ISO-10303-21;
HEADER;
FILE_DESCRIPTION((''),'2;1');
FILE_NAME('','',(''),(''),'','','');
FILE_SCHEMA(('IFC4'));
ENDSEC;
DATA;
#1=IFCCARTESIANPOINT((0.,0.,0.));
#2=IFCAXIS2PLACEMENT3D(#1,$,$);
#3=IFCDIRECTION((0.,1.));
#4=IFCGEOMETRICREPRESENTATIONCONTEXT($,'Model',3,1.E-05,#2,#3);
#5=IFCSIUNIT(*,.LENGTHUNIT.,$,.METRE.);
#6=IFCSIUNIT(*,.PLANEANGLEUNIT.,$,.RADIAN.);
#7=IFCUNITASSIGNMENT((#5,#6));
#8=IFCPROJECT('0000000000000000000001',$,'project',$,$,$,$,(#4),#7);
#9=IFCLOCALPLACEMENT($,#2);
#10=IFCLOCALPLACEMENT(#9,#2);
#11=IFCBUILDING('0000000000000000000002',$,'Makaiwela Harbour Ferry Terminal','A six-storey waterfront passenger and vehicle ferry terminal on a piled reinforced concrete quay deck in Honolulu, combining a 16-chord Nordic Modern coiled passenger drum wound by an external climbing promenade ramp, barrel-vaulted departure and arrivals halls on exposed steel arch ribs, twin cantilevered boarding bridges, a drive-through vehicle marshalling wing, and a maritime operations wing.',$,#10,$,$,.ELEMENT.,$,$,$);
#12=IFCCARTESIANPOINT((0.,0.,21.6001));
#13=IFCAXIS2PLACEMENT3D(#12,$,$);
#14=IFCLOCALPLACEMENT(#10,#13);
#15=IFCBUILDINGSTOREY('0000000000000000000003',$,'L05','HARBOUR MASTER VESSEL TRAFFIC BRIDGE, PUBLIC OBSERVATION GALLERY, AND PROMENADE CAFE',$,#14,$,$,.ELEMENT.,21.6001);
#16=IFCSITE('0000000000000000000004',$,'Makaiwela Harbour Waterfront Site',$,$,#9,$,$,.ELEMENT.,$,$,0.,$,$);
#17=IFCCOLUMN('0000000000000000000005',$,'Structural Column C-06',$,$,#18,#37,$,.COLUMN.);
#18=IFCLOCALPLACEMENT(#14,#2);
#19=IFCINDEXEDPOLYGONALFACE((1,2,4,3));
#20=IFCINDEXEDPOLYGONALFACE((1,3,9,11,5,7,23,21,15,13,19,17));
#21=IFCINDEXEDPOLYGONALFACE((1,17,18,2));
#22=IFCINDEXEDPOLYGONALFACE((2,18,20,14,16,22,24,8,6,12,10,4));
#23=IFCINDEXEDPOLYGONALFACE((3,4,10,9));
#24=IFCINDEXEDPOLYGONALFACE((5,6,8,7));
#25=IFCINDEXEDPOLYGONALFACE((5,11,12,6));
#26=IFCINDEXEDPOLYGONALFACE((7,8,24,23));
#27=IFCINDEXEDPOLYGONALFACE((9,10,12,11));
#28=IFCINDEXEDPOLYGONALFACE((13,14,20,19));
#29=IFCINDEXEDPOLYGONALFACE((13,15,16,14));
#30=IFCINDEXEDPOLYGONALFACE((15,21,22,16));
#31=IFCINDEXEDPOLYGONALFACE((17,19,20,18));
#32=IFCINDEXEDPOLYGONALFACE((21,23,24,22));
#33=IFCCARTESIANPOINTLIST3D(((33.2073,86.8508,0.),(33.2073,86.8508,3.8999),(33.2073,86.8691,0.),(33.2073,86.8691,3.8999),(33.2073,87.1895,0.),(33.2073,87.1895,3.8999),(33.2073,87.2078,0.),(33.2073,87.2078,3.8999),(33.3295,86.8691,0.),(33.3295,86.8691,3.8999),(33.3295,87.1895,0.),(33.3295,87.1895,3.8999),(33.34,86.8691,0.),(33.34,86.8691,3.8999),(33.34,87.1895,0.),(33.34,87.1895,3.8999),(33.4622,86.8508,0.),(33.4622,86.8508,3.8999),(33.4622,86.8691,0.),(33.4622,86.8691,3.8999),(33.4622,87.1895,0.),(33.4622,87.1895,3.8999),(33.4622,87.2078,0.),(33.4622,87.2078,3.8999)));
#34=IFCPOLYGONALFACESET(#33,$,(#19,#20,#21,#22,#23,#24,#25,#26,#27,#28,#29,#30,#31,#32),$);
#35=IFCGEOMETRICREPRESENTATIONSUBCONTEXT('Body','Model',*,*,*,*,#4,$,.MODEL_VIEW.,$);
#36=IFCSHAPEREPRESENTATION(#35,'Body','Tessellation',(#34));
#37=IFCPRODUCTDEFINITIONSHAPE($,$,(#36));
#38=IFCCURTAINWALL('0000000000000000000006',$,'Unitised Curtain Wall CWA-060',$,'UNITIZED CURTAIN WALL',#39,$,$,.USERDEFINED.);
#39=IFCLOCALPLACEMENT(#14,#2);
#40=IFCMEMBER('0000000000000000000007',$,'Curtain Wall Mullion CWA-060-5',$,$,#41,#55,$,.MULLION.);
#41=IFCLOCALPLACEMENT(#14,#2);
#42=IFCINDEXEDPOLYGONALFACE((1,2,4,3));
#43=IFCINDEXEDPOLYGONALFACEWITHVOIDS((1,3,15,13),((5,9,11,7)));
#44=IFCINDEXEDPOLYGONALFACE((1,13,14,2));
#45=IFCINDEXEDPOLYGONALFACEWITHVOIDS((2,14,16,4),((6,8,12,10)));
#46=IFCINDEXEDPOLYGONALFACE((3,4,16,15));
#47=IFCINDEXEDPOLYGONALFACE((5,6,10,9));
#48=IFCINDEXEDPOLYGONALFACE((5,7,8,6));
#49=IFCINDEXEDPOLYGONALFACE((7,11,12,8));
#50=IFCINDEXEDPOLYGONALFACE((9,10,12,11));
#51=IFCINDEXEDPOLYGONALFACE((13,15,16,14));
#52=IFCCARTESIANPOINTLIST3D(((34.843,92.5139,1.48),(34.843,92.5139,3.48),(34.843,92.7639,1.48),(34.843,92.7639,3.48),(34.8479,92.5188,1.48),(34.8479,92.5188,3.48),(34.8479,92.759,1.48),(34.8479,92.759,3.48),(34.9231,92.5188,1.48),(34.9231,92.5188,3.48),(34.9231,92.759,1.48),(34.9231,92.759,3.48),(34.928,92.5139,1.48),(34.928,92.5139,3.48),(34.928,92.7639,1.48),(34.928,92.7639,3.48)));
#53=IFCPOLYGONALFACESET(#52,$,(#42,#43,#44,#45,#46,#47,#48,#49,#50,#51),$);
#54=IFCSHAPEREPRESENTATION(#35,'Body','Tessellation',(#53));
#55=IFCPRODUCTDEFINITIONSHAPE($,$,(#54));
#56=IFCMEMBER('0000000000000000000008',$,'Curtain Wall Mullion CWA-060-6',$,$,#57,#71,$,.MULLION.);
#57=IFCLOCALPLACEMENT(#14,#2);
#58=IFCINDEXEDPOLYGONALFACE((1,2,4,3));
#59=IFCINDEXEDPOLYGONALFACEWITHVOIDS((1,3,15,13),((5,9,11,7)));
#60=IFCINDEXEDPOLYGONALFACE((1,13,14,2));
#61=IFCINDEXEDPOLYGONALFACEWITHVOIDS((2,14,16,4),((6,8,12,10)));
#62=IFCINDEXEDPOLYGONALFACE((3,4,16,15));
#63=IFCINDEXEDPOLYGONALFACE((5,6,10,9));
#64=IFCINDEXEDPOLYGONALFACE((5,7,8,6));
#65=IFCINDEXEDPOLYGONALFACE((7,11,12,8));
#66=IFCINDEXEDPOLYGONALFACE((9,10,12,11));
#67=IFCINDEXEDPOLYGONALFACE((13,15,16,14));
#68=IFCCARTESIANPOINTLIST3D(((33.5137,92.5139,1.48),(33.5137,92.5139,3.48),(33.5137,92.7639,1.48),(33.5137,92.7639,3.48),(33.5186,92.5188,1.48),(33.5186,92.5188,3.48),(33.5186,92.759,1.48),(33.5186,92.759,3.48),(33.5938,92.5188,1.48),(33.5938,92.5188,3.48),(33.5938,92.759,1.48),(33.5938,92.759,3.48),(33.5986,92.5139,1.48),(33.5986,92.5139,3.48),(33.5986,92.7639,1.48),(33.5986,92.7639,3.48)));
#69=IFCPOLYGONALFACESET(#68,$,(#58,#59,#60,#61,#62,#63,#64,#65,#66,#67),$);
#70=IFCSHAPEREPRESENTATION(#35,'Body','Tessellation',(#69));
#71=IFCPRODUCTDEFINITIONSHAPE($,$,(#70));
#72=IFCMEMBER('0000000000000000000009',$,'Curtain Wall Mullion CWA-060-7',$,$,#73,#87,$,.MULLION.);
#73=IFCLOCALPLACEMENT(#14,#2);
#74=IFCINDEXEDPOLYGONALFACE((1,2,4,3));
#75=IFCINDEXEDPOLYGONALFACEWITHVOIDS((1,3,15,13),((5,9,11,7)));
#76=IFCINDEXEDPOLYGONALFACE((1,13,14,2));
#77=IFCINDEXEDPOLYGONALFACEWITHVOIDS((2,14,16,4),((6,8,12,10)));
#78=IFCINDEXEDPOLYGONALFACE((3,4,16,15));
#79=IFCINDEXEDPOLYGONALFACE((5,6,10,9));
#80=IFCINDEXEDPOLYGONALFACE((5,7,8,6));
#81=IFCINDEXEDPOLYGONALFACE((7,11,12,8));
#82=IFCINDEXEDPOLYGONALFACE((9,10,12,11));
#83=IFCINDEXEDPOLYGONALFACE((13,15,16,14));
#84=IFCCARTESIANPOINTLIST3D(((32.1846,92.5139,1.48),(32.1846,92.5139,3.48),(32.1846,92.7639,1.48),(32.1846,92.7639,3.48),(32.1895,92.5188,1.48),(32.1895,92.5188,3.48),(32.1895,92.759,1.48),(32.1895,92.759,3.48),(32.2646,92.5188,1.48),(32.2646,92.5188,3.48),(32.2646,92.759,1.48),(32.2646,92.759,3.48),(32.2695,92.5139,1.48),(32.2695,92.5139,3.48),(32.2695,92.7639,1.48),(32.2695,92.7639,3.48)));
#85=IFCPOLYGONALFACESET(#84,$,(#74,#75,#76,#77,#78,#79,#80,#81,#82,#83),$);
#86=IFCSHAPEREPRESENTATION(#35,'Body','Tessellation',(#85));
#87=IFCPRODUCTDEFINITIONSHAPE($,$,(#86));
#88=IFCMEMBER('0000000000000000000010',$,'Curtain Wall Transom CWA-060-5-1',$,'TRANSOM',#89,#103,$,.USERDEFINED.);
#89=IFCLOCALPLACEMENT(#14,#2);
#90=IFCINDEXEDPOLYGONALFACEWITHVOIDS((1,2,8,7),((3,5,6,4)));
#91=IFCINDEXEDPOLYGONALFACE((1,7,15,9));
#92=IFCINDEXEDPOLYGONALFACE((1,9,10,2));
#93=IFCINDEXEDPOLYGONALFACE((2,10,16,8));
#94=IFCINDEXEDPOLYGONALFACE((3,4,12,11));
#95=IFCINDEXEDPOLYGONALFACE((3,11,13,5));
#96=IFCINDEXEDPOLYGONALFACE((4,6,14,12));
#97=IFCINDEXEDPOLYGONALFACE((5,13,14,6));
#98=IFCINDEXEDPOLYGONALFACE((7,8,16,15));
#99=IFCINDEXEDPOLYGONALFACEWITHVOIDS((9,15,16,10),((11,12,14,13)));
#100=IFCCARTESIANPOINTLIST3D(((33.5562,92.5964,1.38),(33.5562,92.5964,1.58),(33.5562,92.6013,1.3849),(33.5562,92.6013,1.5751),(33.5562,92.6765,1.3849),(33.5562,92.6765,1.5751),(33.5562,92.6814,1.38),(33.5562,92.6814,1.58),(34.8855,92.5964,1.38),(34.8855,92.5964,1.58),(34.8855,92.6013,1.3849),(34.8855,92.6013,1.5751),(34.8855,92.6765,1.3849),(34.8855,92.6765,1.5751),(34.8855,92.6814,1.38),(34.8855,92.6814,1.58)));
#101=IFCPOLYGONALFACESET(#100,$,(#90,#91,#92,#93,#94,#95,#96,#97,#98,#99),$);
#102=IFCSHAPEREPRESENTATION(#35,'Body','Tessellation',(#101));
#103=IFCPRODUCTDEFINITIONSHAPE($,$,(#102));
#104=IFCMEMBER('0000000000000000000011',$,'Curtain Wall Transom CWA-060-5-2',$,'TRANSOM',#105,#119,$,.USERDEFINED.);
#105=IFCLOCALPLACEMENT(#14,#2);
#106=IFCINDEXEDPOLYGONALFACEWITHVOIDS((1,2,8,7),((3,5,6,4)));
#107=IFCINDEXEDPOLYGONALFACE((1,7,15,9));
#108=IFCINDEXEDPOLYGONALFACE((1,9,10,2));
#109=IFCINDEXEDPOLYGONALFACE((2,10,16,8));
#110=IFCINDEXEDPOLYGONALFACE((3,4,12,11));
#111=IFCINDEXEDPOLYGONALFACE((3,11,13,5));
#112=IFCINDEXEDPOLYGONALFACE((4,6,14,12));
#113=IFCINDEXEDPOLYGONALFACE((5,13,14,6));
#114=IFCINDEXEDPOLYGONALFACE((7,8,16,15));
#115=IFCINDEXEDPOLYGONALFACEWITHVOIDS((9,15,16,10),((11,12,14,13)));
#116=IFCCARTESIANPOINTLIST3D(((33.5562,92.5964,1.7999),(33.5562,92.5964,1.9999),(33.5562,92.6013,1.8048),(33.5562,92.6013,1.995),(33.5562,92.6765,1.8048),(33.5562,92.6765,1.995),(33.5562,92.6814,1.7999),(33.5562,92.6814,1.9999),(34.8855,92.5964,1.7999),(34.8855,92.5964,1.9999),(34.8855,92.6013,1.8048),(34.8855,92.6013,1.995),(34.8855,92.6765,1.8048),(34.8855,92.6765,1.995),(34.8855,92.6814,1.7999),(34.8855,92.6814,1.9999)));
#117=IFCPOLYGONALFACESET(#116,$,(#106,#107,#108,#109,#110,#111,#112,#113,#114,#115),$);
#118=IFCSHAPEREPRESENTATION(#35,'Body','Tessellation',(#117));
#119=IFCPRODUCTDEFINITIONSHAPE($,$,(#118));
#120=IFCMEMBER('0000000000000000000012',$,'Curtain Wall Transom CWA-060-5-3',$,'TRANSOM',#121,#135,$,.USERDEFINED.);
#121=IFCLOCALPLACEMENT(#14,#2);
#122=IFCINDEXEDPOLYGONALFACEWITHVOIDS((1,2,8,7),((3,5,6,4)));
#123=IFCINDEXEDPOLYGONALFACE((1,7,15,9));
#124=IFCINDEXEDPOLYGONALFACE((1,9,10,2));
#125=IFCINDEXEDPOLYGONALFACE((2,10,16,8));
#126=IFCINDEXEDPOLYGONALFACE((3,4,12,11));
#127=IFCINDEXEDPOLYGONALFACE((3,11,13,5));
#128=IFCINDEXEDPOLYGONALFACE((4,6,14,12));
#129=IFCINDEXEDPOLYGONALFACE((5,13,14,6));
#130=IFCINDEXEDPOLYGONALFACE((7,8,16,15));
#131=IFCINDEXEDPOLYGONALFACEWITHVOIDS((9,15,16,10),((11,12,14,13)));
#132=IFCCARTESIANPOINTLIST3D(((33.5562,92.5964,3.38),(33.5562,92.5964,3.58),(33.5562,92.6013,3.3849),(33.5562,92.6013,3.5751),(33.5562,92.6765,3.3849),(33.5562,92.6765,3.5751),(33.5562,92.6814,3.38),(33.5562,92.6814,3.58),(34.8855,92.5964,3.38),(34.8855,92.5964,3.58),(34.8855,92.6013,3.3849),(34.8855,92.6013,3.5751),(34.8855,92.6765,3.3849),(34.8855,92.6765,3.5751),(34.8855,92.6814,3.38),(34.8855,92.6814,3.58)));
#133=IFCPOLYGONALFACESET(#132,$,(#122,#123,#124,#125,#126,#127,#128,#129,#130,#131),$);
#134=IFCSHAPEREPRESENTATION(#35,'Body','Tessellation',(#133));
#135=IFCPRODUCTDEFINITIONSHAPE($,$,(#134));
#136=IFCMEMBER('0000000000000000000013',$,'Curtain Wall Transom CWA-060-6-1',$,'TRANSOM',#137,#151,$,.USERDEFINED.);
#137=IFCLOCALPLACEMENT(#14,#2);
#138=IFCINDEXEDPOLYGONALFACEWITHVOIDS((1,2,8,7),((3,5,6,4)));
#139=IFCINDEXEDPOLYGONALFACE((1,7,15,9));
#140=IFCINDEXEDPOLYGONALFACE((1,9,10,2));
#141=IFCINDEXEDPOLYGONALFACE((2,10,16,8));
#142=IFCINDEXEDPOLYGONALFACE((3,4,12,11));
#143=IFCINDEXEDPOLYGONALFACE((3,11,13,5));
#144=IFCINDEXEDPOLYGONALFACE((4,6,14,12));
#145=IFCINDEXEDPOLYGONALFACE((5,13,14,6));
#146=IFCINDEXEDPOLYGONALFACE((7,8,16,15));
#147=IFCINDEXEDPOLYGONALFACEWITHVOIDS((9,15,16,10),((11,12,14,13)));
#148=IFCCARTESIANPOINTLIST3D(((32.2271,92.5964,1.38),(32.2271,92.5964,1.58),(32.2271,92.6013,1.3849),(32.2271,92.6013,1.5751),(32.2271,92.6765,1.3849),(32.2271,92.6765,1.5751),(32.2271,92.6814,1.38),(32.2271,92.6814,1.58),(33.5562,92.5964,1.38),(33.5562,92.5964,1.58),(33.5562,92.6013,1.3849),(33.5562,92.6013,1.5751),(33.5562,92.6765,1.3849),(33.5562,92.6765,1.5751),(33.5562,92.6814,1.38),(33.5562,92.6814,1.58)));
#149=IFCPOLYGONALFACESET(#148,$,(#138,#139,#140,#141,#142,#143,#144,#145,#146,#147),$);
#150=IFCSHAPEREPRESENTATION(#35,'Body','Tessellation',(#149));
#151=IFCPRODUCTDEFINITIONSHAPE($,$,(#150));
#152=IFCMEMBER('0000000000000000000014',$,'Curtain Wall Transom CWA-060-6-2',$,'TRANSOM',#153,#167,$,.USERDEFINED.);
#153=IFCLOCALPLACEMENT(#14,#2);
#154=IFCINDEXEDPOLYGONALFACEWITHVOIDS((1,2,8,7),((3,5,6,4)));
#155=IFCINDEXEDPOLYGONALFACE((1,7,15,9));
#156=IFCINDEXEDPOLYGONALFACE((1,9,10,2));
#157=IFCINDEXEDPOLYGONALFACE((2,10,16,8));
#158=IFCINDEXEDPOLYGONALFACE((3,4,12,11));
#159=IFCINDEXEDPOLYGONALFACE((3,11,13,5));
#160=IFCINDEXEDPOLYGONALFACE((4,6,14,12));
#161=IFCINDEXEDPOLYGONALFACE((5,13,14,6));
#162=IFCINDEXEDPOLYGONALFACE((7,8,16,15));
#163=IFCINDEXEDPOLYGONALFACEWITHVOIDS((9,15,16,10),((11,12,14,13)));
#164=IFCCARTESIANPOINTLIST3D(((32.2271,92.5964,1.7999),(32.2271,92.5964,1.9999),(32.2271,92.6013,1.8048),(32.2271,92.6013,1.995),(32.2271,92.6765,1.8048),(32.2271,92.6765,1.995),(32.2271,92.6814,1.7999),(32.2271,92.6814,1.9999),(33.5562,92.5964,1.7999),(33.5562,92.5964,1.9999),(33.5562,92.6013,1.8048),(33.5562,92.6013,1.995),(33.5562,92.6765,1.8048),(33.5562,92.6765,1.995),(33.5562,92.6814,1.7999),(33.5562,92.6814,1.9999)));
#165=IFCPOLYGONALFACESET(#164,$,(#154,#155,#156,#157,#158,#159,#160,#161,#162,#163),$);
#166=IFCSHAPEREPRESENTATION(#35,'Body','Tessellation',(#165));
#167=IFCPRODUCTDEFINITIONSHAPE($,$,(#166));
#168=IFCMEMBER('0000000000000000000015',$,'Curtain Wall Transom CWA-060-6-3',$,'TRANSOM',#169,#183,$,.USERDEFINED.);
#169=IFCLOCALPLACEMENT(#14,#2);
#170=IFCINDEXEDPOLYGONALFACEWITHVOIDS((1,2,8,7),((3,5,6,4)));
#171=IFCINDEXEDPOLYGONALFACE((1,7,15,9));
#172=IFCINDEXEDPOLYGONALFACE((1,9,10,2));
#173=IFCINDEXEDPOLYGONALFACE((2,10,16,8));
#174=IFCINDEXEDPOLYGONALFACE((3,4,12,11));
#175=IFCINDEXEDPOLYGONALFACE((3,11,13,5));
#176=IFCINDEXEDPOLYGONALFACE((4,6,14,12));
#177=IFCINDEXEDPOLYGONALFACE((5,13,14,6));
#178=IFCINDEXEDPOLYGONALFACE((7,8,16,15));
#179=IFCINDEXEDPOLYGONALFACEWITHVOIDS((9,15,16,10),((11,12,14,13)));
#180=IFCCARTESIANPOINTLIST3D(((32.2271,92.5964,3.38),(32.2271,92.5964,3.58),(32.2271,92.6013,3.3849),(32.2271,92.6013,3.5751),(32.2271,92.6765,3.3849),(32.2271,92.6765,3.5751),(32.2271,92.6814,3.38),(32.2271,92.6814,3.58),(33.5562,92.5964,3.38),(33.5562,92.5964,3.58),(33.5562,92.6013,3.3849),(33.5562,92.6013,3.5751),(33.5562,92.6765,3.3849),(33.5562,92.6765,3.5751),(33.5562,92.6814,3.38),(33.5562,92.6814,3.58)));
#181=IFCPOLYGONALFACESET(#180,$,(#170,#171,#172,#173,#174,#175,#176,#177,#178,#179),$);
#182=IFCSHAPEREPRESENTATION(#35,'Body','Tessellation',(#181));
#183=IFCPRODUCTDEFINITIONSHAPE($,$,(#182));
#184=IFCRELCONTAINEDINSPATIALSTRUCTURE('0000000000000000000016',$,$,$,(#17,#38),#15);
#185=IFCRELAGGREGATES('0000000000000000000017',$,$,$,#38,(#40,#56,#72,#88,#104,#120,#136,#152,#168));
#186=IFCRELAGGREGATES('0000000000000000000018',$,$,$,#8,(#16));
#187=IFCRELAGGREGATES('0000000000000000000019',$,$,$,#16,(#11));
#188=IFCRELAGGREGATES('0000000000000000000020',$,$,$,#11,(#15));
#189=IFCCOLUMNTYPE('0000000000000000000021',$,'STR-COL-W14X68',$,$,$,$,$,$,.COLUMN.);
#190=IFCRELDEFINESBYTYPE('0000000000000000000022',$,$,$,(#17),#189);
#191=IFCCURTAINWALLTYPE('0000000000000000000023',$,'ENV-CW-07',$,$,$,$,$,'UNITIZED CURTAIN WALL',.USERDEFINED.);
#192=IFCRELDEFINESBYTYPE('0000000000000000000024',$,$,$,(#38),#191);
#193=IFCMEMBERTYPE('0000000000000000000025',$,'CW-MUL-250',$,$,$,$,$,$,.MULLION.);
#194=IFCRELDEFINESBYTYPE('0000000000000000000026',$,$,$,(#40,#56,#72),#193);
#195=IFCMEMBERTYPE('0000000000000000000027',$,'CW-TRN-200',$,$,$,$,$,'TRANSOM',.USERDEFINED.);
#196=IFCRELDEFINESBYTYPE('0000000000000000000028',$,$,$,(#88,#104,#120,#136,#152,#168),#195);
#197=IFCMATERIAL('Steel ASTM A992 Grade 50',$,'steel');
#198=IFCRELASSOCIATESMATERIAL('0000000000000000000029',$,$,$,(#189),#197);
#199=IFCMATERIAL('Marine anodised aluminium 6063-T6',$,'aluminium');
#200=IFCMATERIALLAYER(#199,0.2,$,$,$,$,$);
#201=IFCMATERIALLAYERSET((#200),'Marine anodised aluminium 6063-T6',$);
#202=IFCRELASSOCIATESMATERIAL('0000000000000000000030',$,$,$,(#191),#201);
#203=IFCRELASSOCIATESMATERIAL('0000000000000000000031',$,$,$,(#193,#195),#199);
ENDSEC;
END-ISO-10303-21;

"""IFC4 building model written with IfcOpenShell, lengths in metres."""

from ifc_helpers import new_model, si_unit, direction, frame, origin, origin_2d, place, context, subcontext, project, spatial, hollow_rectangle, i_section, extrude, material, layer, layer_set, material_profile, profile_set, type_object, element, aggregate, save


model = new_model("IFC4")

# Units and contexts
model_context = context("Model", 3, precision=1e-05, world=origin(), true_north=direction((0.0, 1.0)))
body_context = subcontext(model_context, "Body", "Model", "MODEL_VIEW")
ifc_project = project(units=[si_unit("LENGTHUNIT", "METRE"), si_unit("PLANEANGLEUNIT", "RADIAN")], contexts=[model_context])

# Site, building, storey
site_placement = place(None, origin())
site = spatial("IfcSite", under=ifc_project, at=site_placement, Name="Makaiwela Harbour Waterfront Site", CompositionType="ELEMENT", RefElevation=0.0)
building_placement = place(site_placement, origin())
building = spatial("IfcBuilding", under=site, at=building_placement, Name="Makaiwela Harbour Ferry Terminal", Description="A six-storey waterfront passenger and vehicle ferry terminal on a piled reinforced concrete quay deck in Honolulu, combining a 16-chord Nordic Modern coiled passenger drum wound by an external climbing promenade ramp, barrel-vaulted departure and arrivals halls on exposed steel arch ribs, twin cantilevered boarding bridges, a drive-through vehicle marshalling wing, and a maritime operations wing.", CompositionType="ELEMENT")
storey_placement = place(building_placement, frame((0.0, 0.0, 21.6001)))
storey = spatial("IfcBuildingStorey", under=building, at=storey_placement, Name="L05", Description="HARBOUR MASTER VESSEL TRAFFIC BRIDGE, PUBLIC OBSERVATION GALLERY, AND PROMENADE CAFE", CompositionType="ELEMENT", Elevation=21.6001)

# Column
ifc_material_1 = material(Name="Steel ASTM A992 Grade 50", Category="steel")
ifc_material_profile_1 = material_profile(ifc_material_1, i_section(OverallWidth=0.2549, OverallDepth=0.3569, WebThickness=0.0105, FlangeThickness=0.0183, at=origin_2d()), Name="W14X68")
ifc_profile_set_1 = profile_set([ifc_material_profile_1], Name="Steel ASTM A992 Grade 50")
column_type = type_object("IfcColumnType", Name="STR-COL-W14X68", PredefinedType="COLUMN", material=ifc_profile_set_1)
column_placement = place(storey_placement, frame((33.3347, 87.0293, 0.0), z_axis=(0.0, 0.0, 1.0), x_axis=(1.0, 0.0, 0.0)))
element("IfcColumn", 1, at=column_placement, inside=storey, type_object=column_type, Name="Structural Column C-06", PredefinedType="COLUMN", context=body_context, shape_type="SweptSolid", body=[
    extrude(i_section(OverallWidth=0.2549, OverallDepth=0.3569, WebThickness=0.0105, FlangeThickness=0.0183, at=origin_2d()), origin(), (0.0, 0.0, 1.0), 3.8999),
])

# Curtain wall, members
ifc_material_2 = material(Name="Marine anodised aluminium 6063-T6", Category="aluminium")
ifc_layer_1 = layer(ifc_material_2, 0.2)
ifc_layer_set_1 = layer_set([ifc_layer_1], Name="Marine anodised aluminium 6063-T6")
curtain_wall_type = type_object("IfcCurtainWallType", Name="ENV-CW-07", ElementType="UNITIZED CURTAIN WALL", PredefinedType="USERDEFINED", material=ifc_layer_set_1)
curtain_wall_placement = place(storey_placement, origin())
curtain_wall = element("IfcCurtainWall", 2, at=curtain_wall_placement, inside=storey, type_object=curtain_wall_type, Name="Unitised Curtain Wall CWA-060", ObjectType="UNITIZED CURTAIN WALL", PredefinedType="USERDEFINED")
ifc_material_profile_2 = material_profile(ifc_material_2, hollow_rectangle(XDim=0.085, YDim=0.25, WallThickness=0.0049, at=origin_2d()), Name="CWM-250X85")
ifc_profile_set_2 = profile_set([ifc_material_profile_2], Name="Marine anodised aluminium 6063-T6")
member_type_1 = type_object("IfcMemberType", Name="CW-MUL-250", PredefinedType="MULLION", material=ifc_profile_set_2)
member_1_placement = place(storey_placement, frame((34.8855, 92.6389, 1.48), z_axis=(0.0, 0.0, 1.0), x_axis=(1.0, 0.0, 0.0)))
member_1 = element("IfcMember", 3, at=member_1_placement, type_object=member_type_1, Name="Curtain Wall Mullion CWA-060-5", PredefinedType="MULLION", context=body_context, shape_type="SweptSolid", body=[
    extrude(hollow_rectangle(XDim=0.085, YDim=0.25, WallThickness=0.0049, at=origin_2d()), origin(), (0.0, 0.0, 1.0), 2.0),
])
member_2_placement = place(storey_placement, frame((33.5562, 92.6389, 1.48), z_axis=(0.0, 0.0, 1.0), x_axis=(1.0, 0.0, 0.0)))
member_2 = element("IfcMember", 4, at=member_2_placement, type_object=member_type_1, Name="Curtain Wall Mullion CWA-060-6", PredefinedType="MULLION", context=body_context, shape_type="SweptSolid", body=[
    extrude(hollow_rectangle(XDim=0.085, YDim=0.25, WallThickness=0.0049, at=origin_2d()), origin(), (0.0, 0.0, 1.0), 2.0),
])
member_3_placement = place(storey_placement, frame((32.2271, 92.6389, 1.48), z_axis=(0.0, 0.0, 1.0), x_axis=(1.0, 0.0, 0.0)))
member_3 = element("IfcMember", 5, at=member_3_placement, type_object=member_type_1, Name="Curtain Wall Mullion CWA-060-7", PredefinedType="MULLION", context=body_context, shape_type="SweptSolid", body=[
    extrude(hollow_rectangle(XDim=0.085, YDim=0.25, WallThickness=0.0049, at=origin_2d()), origin(), (0.0, 0.0, 1.0), 2.0),
])
ifc_material_profile_3 = material_profile(ifc_material_2, hollow_rectangle(XDim=0.085, YDim=0.2, WallThickness=0.0049, at=origin_2d()), Name="CWT-200X85")
ifc_profile_set_3 = profile_set([ifc_material_profile_3], Name="Marine anodised aluminium 6063-T6")
member_type_2 = type_object("IfcMemberType", Name="CW-TRN-200", ElementType="TRANSOM", PredefinedType="USERDEFINED", material=ifc_profile_set_3)
member_4_placement = place(storey_placement, frame((34.8855, 92.6389, 1.48), z_axis=(-1.0, 0.0, 0.0), x_axis=(0.0, -1.0, 0.0)))
member_4 = element("IfcMember", 6, at=member_4_placement, type_object=member_type_2, Name="Curtain Wall Transom CWA-060-5-1", ObjectType="TRANSOM", PredefinedType="USERDEFINED", context=body_context, shape_type="SweptSolid", body=[
    extrude(hollow_rectangle(XDim=0.085, YDim=0.2, WallThickness=0.0049, at=origin_2d()), origin(), (0.0, 0.0, 1.0), 1.3293),
])
member_5_placement = place(storey_placement, frame((34.8855, 92.6389, 1.8999), z_axis=(-1.0, 0.0, 0.0), x_axis=(0.0, -1.0, 0.0)))
member_5 = element("IfcMember", 7, at=member_5_placement, type_object=member_type_2, Name="Curtain Wall Transom CWA-060-5-2", ObjectType="TRANSOM", PredefinedType="USERDEFINED", context=body_context, shape_type="SweptSolid", body=[
    extrude(hollow_rectangle(XDim=0.085, YDim=0.2, WallThickness=0.0049, at=origin_2d()), origin(), (0.0, 0.0, 1.0), 1.3293),
])
member_6_placement = place(storey_placement, frame((34.8855, 92.6389, 3.48), z_axis=(-1.0, 0.0, 0.0), x_axis=(0.0, -1.0, 0.0)))
member_6 = element("IfcMember", 8, at=member_6_placement, type_object=member_type_2, Name="Curtain Wall Transom CWA-060-5-3", ObjectType="TRANSOM", PredefinedType="USERDEFINED", context=body_context, shape_type="SweptSolid", body=[
    extrude(hollow_rectangle(XDim=0.085, YDim=0.2, WallThickness=0.0049, at=origin_2d()), origin(), (0.0, 0.0, 1.0), 1.3293),
])
member_7_placement = place(storey_placement, frame((33.5562, 92.6389, 1.48), z_axis=(-1.0, 0.0, 0.0), x_axis=(0.0, -1.0, 0.0)))
member_7 = element("IfcMember", 9, at=member_7_placement, type_object=member_type_2, Name="Curtain Wall Transom CWA-060-6-1", ObjectType="TRANSOM", PredefinedType="USERDEFINED", context=body_context, shape_type="SweptSolid", body=[
    extrude(hollow_rectangle(XDim=0.085, YDim=0.2, WallThickness=0.0049, at=origin_2d()), origin(), (0.0, 0.0, 1.0), 1.3291),
])
member_8_placement = place(storey_placement, frame((33.5562, 92.6389, 1.8999), z_axis=(-1.0, 0.0, 0.0), x_axis=(0.0, -1.0, 0.0)))
member_8 = element("IfcMember", 10, at=member_8_placement, type_object=member_type_2, Name="Curtain Wall Transom CWA-060-6-2", ObjectType="TRANSOM", PredefinedType="USERDEFINED", context=body_context, shape_type="SweptSolid", body=[
    extrude(hollow_rectangle(XDim=0.085, YDim=0.2, WallThickness=0.0049, at=origin_2d()), origin(), (0.0, 0.0, 1.0), 1.3291),
])
member_9_placement = place(storey_placement, frame((33.5562, 92.6389, 3.48), z_axis=(-1.0, 0.0, 0.0), x_axis=(0.0, -1.0, 0.0)))
member_9 = element("IfcMember", 11, at=member_9_placement, type_object=member_type_2, Name="Curtain Wall Transom CWA-060-6-3", ObjectType="TRANSOM", PredefinedType="USERDEFINED", context=body_context, shape_type="SweptSolid", body=[
    extrude(hollow_rectangle(XDim=0.085, YDim=0.2, WallThickness=0.0049, at=origin_2d()), origin(), (0.0, 0.0, 1.0), 1.3291),
])

aggregate(curtain_wall, [member_1, member_2, member_3, member_4, member_5, member_6, member_7, member_8, member_9])

save(model, "model.ifc")
